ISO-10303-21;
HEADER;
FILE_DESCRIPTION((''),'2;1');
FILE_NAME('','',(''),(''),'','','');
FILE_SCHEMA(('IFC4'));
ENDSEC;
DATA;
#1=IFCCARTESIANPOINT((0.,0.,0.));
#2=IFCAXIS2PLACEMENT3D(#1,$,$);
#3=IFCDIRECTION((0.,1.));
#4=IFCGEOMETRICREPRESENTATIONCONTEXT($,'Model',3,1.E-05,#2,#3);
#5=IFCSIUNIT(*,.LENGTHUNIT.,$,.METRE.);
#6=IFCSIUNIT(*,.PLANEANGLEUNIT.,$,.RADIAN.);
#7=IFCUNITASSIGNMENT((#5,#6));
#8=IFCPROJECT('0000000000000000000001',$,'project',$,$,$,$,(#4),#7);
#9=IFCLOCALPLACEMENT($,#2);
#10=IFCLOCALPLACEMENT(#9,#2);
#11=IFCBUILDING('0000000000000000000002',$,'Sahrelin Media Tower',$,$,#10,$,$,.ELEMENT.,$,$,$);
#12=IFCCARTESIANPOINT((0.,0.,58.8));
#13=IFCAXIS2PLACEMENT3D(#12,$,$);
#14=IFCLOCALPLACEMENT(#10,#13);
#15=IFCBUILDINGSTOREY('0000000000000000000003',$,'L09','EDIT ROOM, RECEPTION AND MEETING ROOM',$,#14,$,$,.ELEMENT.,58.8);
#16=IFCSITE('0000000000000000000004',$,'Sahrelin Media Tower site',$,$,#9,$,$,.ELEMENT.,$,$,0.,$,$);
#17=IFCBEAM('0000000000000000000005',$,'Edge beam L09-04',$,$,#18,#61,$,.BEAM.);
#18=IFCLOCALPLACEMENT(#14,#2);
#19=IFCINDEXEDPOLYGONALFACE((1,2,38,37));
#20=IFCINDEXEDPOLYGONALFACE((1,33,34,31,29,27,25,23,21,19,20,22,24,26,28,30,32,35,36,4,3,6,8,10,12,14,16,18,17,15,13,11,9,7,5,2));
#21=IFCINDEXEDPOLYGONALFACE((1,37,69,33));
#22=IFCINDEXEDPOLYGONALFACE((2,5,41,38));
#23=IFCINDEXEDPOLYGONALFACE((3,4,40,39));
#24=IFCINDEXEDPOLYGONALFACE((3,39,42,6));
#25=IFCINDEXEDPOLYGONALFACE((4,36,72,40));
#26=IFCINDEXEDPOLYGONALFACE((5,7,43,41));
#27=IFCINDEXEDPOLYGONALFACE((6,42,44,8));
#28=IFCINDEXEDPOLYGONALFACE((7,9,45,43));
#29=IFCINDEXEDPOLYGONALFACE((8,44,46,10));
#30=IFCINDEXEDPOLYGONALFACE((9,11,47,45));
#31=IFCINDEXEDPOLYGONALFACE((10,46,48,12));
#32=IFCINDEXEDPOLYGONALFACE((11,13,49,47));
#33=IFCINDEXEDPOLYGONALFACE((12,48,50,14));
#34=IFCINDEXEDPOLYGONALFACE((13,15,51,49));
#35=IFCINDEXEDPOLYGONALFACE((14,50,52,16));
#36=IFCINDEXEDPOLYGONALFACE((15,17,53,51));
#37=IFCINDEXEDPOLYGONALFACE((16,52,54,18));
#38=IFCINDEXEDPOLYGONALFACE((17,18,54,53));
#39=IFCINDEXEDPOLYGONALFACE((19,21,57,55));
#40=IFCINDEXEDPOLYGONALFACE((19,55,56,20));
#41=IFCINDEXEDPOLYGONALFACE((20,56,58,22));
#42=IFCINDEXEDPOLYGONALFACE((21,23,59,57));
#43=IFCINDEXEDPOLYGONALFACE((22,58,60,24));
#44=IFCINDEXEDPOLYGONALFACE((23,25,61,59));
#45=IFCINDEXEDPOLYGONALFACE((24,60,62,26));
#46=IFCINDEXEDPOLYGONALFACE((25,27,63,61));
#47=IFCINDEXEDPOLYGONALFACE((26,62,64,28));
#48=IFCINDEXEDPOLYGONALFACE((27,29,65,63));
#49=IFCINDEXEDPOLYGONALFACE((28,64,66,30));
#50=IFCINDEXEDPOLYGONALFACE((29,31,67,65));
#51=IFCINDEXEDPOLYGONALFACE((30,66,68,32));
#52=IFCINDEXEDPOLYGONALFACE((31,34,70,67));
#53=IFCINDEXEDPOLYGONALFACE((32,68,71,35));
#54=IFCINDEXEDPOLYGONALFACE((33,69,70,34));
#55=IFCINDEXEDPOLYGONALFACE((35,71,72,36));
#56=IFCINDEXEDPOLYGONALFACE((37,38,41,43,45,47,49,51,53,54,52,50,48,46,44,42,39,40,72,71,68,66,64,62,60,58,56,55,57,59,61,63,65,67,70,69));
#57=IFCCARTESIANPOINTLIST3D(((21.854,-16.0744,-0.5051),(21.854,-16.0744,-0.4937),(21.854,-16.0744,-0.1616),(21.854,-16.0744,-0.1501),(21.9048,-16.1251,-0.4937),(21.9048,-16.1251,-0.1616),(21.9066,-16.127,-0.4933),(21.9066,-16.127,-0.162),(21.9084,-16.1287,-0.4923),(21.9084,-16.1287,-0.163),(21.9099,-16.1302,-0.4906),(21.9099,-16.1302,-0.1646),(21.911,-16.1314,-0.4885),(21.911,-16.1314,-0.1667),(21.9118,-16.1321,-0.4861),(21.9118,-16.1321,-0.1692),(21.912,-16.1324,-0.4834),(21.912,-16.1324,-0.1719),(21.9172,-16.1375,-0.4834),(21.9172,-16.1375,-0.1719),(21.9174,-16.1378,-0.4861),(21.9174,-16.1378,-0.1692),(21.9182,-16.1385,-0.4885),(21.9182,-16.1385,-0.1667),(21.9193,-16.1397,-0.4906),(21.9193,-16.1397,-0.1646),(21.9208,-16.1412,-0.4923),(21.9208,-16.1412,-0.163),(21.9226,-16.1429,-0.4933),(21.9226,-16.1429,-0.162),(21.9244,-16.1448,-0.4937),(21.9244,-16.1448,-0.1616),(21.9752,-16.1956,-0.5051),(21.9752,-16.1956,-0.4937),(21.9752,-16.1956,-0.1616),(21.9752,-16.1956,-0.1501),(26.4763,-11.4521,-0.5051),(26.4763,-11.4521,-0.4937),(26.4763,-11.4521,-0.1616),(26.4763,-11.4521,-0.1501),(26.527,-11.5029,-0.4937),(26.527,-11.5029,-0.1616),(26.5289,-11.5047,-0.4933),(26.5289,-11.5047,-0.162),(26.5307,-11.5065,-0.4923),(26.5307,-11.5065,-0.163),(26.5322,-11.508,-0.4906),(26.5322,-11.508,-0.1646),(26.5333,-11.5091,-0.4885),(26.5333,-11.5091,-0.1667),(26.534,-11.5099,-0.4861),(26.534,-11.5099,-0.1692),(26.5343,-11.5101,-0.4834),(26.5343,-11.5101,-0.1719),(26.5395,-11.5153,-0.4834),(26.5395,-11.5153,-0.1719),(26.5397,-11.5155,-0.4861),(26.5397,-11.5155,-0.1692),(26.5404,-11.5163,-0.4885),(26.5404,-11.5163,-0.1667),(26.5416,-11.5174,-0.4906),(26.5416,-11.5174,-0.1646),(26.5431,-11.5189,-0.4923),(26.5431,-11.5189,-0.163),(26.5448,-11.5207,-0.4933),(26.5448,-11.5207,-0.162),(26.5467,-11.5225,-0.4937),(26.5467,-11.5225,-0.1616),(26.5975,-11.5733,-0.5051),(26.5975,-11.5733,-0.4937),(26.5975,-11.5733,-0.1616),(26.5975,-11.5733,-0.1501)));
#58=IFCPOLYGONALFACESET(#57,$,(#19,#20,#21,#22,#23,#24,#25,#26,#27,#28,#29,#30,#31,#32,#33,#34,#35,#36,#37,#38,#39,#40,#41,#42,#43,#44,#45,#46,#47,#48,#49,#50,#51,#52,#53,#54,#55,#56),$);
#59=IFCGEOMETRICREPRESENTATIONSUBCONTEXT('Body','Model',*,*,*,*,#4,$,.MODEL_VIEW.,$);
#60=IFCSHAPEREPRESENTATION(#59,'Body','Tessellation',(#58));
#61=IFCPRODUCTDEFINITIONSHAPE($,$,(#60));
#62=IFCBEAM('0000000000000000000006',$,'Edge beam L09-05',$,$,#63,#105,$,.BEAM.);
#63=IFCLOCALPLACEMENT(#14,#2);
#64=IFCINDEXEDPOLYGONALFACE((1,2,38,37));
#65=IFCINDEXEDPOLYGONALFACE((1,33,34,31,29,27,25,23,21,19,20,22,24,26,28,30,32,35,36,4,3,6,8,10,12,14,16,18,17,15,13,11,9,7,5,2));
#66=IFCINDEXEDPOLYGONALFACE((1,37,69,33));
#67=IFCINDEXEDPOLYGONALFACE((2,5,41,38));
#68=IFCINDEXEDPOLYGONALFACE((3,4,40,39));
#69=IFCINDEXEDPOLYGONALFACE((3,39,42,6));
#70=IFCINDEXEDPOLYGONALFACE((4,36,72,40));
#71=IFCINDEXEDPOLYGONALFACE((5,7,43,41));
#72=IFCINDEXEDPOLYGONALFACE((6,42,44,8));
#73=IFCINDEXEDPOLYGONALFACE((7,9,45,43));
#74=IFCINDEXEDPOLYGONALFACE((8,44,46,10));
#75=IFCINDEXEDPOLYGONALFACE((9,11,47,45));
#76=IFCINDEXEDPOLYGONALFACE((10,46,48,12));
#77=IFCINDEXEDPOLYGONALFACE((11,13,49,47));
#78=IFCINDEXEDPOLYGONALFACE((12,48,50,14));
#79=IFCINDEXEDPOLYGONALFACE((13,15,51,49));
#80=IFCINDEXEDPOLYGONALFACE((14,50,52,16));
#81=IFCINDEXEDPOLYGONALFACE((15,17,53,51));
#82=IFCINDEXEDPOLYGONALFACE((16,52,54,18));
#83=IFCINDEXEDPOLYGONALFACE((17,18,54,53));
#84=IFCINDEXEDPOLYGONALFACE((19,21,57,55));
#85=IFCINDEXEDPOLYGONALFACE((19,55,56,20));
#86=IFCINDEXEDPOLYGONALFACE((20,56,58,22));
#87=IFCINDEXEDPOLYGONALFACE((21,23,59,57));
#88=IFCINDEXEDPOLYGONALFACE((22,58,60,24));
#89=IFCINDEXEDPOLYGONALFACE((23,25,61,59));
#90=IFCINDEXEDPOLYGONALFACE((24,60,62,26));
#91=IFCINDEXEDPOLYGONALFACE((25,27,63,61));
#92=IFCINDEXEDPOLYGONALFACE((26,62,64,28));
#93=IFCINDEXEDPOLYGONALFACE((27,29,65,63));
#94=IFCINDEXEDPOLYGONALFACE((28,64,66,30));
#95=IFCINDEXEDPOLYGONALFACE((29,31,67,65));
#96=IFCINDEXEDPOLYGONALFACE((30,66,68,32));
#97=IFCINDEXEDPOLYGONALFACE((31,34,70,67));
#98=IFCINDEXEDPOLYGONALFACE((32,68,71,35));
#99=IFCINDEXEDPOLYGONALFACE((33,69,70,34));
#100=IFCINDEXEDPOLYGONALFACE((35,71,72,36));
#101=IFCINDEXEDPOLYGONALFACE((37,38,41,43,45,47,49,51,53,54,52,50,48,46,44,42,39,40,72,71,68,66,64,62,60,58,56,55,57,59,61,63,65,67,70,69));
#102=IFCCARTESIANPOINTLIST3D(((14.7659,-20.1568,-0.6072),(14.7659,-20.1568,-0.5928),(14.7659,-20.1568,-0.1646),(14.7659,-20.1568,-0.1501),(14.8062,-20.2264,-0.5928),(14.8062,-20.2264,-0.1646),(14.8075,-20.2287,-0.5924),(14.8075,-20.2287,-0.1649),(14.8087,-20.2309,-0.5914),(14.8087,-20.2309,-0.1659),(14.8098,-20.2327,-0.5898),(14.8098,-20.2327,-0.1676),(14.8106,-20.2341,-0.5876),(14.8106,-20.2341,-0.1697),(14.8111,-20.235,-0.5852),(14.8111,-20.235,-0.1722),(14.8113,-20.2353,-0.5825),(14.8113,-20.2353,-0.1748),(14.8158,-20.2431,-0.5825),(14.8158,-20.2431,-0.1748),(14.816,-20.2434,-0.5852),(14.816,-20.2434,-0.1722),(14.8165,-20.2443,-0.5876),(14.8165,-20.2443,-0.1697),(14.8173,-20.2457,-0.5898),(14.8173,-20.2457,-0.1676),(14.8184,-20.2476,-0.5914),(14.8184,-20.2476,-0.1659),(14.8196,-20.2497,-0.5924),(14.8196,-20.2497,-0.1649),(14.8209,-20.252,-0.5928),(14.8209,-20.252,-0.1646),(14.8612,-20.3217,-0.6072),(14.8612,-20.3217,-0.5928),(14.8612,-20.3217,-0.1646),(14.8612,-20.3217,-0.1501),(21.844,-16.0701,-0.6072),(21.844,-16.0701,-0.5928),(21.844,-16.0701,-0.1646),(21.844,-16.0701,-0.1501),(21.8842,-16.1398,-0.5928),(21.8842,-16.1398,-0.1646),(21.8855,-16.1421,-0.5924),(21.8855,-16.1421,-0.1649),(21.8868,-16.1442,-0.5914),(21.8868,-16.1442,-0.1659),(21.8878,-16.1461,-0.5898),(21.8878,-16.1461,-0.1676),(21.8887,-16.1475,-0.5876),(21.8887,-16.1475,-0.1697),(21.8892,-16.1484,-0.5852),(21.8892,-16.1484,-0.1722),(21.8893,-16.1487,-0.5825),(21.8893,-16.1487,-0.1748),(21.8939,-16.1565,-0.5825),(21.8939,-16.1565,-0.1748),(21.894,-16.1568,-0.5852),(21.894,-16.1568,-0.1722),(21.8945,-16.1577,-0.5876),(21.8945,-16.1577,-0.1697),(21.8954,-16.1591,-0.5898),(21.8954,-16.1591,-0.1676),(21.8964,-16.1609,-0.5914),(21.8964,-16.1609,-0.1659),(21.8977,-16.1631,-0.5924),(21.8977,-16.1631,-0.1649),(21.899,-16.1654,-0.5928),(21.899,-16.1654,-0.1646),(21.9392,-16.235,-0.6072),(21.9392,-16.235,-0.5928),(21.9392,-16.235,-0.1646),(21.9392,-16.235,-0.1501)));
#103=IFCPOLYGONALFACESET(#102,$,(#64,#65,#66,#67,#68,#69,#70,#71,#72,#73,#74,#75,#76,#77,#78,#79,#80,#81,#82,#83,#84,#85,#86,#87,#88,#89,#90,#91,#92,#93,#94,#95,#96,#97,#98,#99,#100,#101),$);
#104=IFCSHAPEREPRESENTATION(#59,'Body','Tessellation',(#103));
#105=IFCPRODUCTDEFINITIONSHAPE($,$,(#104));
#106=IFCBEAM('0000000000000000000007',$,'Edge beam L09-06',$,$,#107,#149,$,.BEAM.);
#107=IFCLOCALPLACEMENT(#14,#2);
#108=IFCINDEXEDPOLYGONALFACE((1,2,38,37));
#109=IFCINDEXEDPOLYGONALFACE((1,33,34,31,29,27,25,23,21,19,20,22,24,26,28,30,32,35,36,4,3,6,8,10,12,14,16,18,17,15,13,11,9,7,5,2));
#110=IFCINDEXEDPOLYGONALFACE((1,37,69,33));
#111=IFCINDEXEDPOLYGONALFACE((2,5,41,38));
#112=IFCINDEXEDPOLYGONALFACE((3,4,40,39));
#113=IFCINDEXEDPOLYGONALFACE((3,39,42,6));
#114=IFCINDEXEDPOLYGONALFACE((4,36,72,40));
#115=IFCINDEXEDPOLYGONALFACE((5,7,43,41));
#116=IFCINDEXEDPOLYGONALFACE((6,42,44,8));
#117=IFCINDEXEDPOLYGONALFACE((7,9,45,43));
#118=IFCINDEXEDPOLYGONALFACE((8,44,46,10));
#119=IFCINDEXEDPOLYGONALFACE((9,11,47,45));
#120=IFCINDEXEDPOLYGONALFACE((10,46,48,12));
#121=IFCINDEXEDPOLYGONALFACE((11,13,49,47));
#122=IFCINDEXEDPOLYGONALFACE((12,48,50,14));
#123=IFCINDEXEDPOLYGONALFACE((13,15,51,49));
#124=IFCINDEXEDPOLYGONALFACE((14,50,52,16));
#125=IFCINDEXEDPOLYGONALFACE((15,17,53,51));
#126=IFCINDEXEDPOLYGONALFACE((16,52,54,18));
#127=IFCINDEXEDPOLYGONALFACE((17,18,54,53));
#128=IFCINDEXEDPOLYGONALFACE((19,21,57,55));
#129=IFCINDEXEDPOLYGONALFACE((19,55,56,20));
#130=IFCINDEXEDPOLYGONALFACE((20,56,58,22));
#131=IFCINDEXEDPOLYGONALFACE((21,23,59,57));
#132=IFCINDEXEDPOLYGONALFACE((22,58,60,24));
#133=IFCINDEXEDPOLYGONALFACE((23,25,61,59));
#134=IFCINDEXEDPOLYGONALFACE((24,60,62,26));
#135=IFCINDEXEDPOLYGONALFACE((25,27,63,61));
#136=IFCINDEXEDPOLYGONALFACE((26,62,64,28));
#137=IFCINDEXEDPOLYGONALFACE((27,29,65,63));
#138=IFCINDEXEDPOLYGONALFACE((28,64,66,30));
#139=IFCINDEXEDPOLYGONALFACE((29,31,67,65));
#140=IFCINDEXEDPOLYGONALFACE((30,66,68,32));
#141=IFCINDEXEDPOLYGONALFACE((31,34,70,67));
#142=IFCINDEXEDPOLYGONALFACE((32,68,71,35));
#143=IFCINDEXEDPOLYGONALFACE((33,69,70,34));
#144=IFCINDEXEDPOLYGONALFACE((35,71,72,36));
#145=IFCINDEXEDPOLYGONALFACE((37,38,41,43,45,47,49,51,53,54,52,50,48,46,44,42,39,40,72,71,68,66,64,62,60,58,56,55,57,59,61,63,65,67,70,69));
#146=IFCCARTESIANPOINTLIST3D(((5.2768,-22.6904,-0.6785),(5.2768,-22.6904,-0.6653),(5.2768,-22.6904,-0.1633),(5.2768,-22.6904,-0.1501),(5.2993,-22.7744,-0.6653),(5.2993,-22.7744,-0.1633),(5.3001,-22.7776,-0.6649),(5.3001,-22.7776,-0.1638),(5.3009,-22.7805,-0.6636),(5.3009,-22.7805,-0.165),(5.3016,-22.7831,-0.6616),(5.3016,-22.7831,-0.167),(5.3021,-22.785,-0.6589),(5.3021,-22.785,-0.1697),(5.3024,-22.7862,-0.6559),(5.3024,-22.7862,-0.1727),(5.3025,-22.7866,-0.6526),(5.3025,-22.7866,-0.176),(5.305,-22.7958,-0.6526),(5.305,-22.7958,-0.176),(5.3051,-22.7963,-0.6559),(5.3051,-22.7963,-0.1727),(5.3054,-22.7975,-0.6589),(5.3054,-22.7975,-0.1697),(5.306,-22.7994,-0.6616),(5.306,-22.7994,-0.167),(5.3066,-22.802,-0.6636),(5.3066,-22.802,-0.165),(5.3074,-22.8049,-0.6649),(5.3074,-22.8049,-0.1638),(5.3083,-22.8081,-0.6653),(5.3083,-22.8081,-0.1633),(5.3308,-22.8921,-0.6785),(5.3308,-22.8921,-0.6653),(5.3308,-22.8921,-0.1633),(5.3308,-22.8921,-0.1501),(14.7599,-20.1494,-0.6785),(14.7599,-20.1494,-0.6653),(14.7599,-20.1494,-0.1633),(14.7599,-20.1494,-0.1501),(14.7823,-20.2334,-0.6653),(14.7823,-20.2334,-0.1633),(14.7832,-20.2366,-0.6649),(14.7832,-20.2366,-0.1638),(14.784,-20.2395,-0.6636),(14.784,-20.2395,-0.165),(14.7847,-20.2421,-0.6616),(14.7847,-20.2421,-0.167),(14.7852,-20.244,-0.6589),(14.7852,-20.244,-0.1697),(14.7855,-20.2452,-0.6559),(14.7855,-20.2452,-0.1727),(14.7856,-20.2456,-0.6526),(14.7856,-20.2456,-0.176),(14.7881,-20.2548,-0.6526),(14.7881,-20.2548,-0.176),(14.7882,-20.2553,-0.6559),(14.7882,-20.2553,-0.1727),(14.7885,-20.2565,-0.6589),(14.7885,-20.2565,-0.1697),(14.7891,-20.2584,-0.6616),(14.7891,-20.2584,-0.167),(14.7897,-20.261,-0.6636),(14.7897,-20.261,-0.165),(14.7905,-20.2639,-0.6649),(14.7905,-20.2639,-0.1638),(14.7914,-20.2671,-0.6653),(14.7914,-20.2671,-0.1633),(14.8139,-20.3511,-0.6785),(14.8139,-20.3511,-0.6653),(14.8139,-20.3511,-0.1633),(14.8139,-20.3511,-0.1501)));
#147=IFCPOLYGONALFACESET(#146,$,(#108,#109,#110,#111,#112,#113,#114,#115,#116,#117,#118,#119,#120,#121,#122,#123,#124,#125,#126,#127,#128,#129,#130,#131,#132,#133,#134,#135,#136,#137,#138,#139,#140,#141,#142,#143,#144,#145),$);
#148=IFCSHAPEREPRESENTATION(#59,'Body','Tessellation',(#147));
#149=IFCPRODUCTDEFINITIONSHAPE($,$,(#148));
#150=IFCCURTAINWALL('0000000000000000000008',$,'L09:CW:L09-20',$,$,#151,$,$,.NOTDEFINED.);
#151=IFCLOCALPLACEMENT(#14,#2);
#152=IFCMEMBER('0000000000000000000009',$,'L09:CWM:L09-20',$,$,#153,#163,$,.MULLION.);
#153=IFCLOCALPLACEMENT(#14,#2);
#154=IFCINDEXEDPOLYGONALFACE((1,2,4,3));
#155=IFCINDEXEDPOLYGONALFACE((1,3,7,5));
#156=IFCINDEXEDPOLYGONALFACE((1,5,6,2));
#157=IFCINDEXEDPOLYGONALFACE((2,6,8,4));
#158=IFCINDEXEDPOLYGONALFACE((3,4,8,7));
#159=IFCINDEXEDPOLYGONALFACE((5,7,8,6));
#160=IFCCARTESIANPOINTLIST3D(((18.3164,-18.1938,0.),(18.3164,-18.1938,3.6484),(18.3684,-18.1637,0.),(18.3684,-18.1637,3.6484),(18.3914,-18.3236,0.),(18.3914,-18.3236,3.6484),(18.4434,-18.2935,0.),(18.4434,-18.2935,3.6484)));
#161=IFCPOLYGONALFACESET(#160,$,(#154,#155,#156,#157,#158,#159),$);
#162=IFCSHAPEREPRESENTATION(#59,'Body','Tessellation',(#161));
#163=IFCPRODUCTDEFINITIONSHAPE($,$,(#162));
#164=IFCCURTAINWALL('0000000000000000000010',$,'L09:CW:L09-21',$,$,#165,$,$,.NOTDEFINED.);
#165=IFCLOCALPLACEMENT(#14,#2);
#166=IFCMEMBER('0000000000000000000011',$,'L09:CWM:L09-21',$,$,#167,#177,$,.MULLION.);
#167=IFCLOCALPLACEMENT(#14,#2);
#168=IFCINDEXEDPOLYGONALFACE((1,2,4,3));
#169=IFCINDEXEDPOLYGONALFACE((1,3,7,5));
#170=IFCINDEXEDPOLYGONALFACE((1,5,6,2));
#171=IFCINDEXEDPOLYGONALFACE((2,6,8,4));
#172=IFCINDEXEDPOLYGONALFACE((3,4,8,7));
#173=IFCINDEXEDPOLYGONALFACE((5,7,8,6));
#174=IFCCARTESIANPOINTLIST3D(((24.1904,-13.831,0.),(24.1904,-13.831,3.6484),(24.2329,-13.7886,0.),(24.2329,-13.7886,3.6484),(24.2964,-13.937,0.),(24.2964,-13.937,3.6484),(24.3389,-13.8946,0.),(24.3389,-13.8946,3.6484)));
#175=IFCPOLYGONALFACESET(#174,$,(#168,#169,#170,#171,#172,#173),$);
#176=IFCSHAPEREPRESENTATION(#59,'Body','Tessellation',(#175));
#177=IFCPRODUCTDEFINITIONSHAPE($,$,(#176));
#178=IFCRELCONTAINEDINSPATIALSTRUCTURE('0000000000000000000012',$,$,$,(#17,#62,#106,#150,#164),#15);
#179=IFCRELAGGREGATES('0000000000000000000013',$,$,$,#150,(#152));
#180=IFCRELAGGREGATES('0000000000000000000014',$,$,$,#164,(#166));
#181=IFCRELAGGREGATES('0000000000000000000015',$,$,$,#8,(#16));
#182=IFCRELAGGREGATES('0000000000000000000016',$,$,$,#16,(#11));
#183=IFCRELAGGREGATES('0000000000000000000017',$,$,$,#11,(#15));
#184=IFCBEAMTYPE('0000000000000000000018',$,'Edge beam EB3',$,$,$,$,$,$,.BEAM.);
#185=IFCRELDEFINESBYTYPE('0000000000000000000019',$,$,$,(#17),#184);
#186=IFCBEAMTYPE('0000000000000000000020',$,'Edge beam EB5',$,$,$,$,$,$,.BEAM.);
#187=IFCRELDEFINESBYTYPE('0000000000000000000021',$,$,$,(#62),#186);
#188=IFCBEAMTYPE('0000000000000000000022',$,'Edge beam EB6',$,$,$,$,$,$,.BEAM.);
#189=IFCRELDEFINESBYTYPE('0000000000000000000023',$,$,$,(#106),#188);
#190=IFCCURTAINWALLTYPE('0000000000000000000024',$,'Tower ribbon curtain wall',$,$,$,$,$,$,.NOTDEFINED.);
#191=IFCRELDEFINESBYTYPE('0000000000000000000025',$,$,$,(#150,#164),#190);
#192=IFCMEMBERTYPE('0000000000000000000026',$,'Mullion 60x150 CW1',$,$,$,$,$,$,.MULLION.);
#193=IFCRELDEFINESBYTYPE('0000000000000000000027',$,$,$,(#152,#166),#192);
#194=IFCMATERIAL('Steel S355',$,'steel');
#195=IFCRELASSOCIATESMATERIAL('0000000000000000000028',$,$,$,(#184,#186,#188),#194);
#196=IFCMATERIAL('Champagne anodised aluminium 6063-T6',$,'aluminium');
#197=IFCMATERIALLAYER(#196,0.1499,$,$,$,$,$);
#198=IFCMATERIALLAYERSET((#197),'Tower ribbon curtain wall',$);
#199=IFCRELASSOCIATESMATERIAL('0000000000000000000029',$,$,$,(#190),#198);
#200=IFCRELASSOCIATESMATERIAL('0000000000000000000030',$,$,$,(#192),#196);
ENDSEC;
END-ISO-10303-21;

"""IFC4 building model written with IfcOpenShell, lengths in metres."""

from ifc_helpers import new_model, si_unit, direction, frame, origin, origin_2d, place, context, subcontext, project, spatial, rectangle, i_section, extrude, material, layer, layer_set, material_profile, profile_set, type_object, element, aggregate, save


model = new_model("IFC4")

# Units and contexts
model_context = context("Model", 3, precision=1e-05, world=origin(), true_north=direction((0.0, 1.0)))
body_context = subcontext(model_context, "Body", "Model", "MODEL_VIEW")
ifc_project = project(units=[si_unit("LENGTHUNIT", "METRE"), si_unit("PLANEANGLEUNIT", "RADIAN")], contexts=[model_context])

# Site, building, storey
site_placement = place(None, origin())
site = spatial("IfcSite", under=ifc_project, at=site_placement, Name="Sahrelin Media Tower site", CompositionType="ELEMENT", RefElevation=0.0)
building_placement = place(site_placement, origin())
building = spatial("IfcBuilding", under=site, at=building_placement, Name="Sahrelin Media Tower", CompositionType="ELEMENT")
storey_placement = place(building_placement, frame((0.0, 0.0, 58.8)))
storey = spatial("IfcBuildingStorey", under=building, at=storey_placement, Name="L09", Description="EDIT ROOM, RECEPTION AND MEETING ROOM", CompositionType="ELEMENT", Elevation=58.8)

# Beams
ifc_material_1 = material(Name="Steel S355", Category="steel")
ifc_material_profile_1 = material_profile(ifc_material_1, i_section(OverallWidth=0.1714, OverallDepth=0.355, WebThickness=0.0073, FlangeThickness=0.0115, FilletRadius=0.0103, at=origin_2d()), Name="UB 356x171x51")
ifc_profile_set_1 = profile_set([ifc_material_profile_1], Name="Steel S355")
beam_type_1 = type_object("IfcBeamType", Name="Edge beam EB3", PredefinedType="BEAM", material=ifc_profile_set_1)
beam_1_placement = place(storey_placement, frame((26.5369, -11.5127, -0.3276), z_axis=(-0.707107, -0.707107, 0.0), x_axis=(0.707107, -0.707107, 0.0)))
element("IfcBeam", 1, at=beam_1_placement, inside=storey, type_object=beam_type_1, Name="Edge beam L09-04", PredefinedType="BEAM", context=body_context, shape_type="SweptSolid", body=[
    extrude(i_section(OverallWidth=0.1714, OverallDepth=0.355, WebThickness=0.0073, FlangeThickness=0.0115, FilletRadius=0.0103, at=origin_2d()), origin(), (0.0, 0.0, 1.0), 6.5369),
])
ifc_material_profile_2 = material_profile(ifc_material_1, i_section(OverallWidth=0.1904, OverallDepth=0.457, WebThickness=0.009, FlangeThickness=0.0144, FilletRadius=0.0103, at=origin_2d()), Name="UB 457x191x74")
ifc_profile_set_2 = profile_set([ifc_material_profile_2], Name="Steel S355")
beam_type_2 = type_object("IfcBeamType", Name="Edge beam EB5", PredefinedType="BEAM", material=ifc_profile_set_2)
beam_2_placement = place(storey_placement, frame((21.8916, -16.1526, -0.3787), z_axis=(-0.866019, -0.50001, 0.0), x_axis=(0.50001, -0.866019, 0.0)))
element("IfcBeam", 2, at=beam_2_placement, inside=storey, type_object=beam_type_2, Name="Edge beam L09-05", PredefinedType="BEAM", context=body_context, shape_type="SweptSolid", body=[
    extrude(i_section(OverallWidth=0.1904, OverallDepth=0.457, WebThickness=0.009, FlangeThickness=0.0144, FilletRadius=0.0103, at=origin_2d()), origin(), (0.0, 0.0, 1.0), 8.1731),
])
ifc_material_profile_3 = material_profile(ifc_material_1, i_section(OverallWidth=0.2087, OverallDepth=0.5283, WebThickness=0.0095, FlangeThickness=0.0132, FilletRadius=0.0127, at=origin_2d()), Name="UB 533x210x82")
ifc_profile_set_3 = profile_set([ifc_material_profile_3], Name="Steel S355")
beam_type_3 = type_object("IfcBeamType", Name="Edge beam EB6", PredefinedType="BEAM", material=ifc_profile_set_3)
beam_3_placement = place(storey_placement, frame((14.7869, -20.2502, -0.4143), z_axis=(-0.965926, -0.25882, 0.0), x_axis=(0.25882, -0.965926, 0.0)))
element("IfcBeam", 3, at=beam_3_placement, inside=storey, type_object=beam_type_3, Name="Edge beam L09-06", PredefinedType="BEAM", context=body_context, shape_type="SweptSolid", body=[
    extrude(i_section(OverallWidth=0.2087, OverallDepth=0.5283, WebThickness=0.0095, FlangeThickness=0.0132, FilletRadius=0.0127, at=origin_2d()), origin(), (0.0, 0.0, 1.0), 9.8176),
])

# Curtain walls, members
ifc_material_2 = material(Name="Champagne anodised aluminium 6063-T6", Category="aluminium")
ifc_layer_1 = layer(ifc_material_2, 0.1499)
ifc_layer_set_1 = layer_set([ifc_layer_1], Name="Tower ribbon curtain wall")
curtain_wall_type = type_object("IfcCurtainWallType", Name="Tower ribbon curtain wall", PredefinedType="NOTDEFINED", material=ifc_layer_set_1)
curtain_wall_1_placement = place(storey_placement, frame((18.4275, -18.3257, 0.0), z_axis=(0.0, 0.0, 1.0), x_axis=(1.0, 0.0, 0.0)))
curtain_wall_1 = element("IfcCurtainWall", 4, at=curtain_wall_1_placement, inside=storey, type_object=curtain_wall_type, Name="L09:CW:L09-20", PredefinedType="NOTDEFINED")
ifc_material_profile_4 = material_profile(ifc_material_2, rectangle(XDim=0.0601, YDim=0.1499, at=origin_2d()), Name="Mullion 60x150")
ifc_profile_set_4 = profile_set([ifc_material_profile_4], Name="Champagne anodised aluminium 6063-T6")
member_type_1 = type_object("IfcMemberType", Name="Mullion 60x150 CW1", PredefinedType="MULLION", material=ifc_profile_set_4)
member_1_placement = place(storey_placement, frame((18.3799, -18.2437, 0.0), z_axis=(0.0, 0.0, 1.0), x_axis=(0.866025, 0.5, 0.0)))
member_1 = element("IfcMember", 5, at=member_1_placement, type_object=member_type_1, Name="L09:CWM:L09-20", PredefinedType="MULLION", context=body_context, shape_type="SweptSolid", body=[
    extrude(rectangle(XDim=0.0601, YDim=0.1499, at=origin_2d()), origin(), (0.0, 0.0, 1.0), 3.6484),
])
curtain_wall_2_placement = place(storey_placement, frame((24.3318, -13.9299, 0.0), z_axis=(0.0, 0.0, 1.0), x_axis=(1.0, 0.0, 0.0)))
curtain_wall_2 = element("IfcCurtainWall", 6, at=curtain_wall_2_placement, inside=storey, type_object=curtain_wall_type, Name="L09:CW:L09-21", PredefinedType="NOTDEFINED")
member_2_placement = place(storey_placement, frame((24.2646, -13.8628, 0.0), z_axis=(0.0, 0.0, 1.0), x_axis=(0.707107, 0.707107, 0.0)))
member_2 = element("IfcMember", 7, at=member_2_placement, type_object=member_type_1, Name="L09:CWM:L09-21", PredefinedType="MULLION", context=body_context, shape_type="SweptSolid", body=[
    extrude(rectangle(XDim=0.0601, YDim=0.1499, at=origin_2d()), origin(), (0.0, 0.0, 1.0), 3.6484),
])

aggregate(curtain_wall_1, [member_1])
aggregate(curtain_wall_2, [member_2])

save(model, "model.ifc")
